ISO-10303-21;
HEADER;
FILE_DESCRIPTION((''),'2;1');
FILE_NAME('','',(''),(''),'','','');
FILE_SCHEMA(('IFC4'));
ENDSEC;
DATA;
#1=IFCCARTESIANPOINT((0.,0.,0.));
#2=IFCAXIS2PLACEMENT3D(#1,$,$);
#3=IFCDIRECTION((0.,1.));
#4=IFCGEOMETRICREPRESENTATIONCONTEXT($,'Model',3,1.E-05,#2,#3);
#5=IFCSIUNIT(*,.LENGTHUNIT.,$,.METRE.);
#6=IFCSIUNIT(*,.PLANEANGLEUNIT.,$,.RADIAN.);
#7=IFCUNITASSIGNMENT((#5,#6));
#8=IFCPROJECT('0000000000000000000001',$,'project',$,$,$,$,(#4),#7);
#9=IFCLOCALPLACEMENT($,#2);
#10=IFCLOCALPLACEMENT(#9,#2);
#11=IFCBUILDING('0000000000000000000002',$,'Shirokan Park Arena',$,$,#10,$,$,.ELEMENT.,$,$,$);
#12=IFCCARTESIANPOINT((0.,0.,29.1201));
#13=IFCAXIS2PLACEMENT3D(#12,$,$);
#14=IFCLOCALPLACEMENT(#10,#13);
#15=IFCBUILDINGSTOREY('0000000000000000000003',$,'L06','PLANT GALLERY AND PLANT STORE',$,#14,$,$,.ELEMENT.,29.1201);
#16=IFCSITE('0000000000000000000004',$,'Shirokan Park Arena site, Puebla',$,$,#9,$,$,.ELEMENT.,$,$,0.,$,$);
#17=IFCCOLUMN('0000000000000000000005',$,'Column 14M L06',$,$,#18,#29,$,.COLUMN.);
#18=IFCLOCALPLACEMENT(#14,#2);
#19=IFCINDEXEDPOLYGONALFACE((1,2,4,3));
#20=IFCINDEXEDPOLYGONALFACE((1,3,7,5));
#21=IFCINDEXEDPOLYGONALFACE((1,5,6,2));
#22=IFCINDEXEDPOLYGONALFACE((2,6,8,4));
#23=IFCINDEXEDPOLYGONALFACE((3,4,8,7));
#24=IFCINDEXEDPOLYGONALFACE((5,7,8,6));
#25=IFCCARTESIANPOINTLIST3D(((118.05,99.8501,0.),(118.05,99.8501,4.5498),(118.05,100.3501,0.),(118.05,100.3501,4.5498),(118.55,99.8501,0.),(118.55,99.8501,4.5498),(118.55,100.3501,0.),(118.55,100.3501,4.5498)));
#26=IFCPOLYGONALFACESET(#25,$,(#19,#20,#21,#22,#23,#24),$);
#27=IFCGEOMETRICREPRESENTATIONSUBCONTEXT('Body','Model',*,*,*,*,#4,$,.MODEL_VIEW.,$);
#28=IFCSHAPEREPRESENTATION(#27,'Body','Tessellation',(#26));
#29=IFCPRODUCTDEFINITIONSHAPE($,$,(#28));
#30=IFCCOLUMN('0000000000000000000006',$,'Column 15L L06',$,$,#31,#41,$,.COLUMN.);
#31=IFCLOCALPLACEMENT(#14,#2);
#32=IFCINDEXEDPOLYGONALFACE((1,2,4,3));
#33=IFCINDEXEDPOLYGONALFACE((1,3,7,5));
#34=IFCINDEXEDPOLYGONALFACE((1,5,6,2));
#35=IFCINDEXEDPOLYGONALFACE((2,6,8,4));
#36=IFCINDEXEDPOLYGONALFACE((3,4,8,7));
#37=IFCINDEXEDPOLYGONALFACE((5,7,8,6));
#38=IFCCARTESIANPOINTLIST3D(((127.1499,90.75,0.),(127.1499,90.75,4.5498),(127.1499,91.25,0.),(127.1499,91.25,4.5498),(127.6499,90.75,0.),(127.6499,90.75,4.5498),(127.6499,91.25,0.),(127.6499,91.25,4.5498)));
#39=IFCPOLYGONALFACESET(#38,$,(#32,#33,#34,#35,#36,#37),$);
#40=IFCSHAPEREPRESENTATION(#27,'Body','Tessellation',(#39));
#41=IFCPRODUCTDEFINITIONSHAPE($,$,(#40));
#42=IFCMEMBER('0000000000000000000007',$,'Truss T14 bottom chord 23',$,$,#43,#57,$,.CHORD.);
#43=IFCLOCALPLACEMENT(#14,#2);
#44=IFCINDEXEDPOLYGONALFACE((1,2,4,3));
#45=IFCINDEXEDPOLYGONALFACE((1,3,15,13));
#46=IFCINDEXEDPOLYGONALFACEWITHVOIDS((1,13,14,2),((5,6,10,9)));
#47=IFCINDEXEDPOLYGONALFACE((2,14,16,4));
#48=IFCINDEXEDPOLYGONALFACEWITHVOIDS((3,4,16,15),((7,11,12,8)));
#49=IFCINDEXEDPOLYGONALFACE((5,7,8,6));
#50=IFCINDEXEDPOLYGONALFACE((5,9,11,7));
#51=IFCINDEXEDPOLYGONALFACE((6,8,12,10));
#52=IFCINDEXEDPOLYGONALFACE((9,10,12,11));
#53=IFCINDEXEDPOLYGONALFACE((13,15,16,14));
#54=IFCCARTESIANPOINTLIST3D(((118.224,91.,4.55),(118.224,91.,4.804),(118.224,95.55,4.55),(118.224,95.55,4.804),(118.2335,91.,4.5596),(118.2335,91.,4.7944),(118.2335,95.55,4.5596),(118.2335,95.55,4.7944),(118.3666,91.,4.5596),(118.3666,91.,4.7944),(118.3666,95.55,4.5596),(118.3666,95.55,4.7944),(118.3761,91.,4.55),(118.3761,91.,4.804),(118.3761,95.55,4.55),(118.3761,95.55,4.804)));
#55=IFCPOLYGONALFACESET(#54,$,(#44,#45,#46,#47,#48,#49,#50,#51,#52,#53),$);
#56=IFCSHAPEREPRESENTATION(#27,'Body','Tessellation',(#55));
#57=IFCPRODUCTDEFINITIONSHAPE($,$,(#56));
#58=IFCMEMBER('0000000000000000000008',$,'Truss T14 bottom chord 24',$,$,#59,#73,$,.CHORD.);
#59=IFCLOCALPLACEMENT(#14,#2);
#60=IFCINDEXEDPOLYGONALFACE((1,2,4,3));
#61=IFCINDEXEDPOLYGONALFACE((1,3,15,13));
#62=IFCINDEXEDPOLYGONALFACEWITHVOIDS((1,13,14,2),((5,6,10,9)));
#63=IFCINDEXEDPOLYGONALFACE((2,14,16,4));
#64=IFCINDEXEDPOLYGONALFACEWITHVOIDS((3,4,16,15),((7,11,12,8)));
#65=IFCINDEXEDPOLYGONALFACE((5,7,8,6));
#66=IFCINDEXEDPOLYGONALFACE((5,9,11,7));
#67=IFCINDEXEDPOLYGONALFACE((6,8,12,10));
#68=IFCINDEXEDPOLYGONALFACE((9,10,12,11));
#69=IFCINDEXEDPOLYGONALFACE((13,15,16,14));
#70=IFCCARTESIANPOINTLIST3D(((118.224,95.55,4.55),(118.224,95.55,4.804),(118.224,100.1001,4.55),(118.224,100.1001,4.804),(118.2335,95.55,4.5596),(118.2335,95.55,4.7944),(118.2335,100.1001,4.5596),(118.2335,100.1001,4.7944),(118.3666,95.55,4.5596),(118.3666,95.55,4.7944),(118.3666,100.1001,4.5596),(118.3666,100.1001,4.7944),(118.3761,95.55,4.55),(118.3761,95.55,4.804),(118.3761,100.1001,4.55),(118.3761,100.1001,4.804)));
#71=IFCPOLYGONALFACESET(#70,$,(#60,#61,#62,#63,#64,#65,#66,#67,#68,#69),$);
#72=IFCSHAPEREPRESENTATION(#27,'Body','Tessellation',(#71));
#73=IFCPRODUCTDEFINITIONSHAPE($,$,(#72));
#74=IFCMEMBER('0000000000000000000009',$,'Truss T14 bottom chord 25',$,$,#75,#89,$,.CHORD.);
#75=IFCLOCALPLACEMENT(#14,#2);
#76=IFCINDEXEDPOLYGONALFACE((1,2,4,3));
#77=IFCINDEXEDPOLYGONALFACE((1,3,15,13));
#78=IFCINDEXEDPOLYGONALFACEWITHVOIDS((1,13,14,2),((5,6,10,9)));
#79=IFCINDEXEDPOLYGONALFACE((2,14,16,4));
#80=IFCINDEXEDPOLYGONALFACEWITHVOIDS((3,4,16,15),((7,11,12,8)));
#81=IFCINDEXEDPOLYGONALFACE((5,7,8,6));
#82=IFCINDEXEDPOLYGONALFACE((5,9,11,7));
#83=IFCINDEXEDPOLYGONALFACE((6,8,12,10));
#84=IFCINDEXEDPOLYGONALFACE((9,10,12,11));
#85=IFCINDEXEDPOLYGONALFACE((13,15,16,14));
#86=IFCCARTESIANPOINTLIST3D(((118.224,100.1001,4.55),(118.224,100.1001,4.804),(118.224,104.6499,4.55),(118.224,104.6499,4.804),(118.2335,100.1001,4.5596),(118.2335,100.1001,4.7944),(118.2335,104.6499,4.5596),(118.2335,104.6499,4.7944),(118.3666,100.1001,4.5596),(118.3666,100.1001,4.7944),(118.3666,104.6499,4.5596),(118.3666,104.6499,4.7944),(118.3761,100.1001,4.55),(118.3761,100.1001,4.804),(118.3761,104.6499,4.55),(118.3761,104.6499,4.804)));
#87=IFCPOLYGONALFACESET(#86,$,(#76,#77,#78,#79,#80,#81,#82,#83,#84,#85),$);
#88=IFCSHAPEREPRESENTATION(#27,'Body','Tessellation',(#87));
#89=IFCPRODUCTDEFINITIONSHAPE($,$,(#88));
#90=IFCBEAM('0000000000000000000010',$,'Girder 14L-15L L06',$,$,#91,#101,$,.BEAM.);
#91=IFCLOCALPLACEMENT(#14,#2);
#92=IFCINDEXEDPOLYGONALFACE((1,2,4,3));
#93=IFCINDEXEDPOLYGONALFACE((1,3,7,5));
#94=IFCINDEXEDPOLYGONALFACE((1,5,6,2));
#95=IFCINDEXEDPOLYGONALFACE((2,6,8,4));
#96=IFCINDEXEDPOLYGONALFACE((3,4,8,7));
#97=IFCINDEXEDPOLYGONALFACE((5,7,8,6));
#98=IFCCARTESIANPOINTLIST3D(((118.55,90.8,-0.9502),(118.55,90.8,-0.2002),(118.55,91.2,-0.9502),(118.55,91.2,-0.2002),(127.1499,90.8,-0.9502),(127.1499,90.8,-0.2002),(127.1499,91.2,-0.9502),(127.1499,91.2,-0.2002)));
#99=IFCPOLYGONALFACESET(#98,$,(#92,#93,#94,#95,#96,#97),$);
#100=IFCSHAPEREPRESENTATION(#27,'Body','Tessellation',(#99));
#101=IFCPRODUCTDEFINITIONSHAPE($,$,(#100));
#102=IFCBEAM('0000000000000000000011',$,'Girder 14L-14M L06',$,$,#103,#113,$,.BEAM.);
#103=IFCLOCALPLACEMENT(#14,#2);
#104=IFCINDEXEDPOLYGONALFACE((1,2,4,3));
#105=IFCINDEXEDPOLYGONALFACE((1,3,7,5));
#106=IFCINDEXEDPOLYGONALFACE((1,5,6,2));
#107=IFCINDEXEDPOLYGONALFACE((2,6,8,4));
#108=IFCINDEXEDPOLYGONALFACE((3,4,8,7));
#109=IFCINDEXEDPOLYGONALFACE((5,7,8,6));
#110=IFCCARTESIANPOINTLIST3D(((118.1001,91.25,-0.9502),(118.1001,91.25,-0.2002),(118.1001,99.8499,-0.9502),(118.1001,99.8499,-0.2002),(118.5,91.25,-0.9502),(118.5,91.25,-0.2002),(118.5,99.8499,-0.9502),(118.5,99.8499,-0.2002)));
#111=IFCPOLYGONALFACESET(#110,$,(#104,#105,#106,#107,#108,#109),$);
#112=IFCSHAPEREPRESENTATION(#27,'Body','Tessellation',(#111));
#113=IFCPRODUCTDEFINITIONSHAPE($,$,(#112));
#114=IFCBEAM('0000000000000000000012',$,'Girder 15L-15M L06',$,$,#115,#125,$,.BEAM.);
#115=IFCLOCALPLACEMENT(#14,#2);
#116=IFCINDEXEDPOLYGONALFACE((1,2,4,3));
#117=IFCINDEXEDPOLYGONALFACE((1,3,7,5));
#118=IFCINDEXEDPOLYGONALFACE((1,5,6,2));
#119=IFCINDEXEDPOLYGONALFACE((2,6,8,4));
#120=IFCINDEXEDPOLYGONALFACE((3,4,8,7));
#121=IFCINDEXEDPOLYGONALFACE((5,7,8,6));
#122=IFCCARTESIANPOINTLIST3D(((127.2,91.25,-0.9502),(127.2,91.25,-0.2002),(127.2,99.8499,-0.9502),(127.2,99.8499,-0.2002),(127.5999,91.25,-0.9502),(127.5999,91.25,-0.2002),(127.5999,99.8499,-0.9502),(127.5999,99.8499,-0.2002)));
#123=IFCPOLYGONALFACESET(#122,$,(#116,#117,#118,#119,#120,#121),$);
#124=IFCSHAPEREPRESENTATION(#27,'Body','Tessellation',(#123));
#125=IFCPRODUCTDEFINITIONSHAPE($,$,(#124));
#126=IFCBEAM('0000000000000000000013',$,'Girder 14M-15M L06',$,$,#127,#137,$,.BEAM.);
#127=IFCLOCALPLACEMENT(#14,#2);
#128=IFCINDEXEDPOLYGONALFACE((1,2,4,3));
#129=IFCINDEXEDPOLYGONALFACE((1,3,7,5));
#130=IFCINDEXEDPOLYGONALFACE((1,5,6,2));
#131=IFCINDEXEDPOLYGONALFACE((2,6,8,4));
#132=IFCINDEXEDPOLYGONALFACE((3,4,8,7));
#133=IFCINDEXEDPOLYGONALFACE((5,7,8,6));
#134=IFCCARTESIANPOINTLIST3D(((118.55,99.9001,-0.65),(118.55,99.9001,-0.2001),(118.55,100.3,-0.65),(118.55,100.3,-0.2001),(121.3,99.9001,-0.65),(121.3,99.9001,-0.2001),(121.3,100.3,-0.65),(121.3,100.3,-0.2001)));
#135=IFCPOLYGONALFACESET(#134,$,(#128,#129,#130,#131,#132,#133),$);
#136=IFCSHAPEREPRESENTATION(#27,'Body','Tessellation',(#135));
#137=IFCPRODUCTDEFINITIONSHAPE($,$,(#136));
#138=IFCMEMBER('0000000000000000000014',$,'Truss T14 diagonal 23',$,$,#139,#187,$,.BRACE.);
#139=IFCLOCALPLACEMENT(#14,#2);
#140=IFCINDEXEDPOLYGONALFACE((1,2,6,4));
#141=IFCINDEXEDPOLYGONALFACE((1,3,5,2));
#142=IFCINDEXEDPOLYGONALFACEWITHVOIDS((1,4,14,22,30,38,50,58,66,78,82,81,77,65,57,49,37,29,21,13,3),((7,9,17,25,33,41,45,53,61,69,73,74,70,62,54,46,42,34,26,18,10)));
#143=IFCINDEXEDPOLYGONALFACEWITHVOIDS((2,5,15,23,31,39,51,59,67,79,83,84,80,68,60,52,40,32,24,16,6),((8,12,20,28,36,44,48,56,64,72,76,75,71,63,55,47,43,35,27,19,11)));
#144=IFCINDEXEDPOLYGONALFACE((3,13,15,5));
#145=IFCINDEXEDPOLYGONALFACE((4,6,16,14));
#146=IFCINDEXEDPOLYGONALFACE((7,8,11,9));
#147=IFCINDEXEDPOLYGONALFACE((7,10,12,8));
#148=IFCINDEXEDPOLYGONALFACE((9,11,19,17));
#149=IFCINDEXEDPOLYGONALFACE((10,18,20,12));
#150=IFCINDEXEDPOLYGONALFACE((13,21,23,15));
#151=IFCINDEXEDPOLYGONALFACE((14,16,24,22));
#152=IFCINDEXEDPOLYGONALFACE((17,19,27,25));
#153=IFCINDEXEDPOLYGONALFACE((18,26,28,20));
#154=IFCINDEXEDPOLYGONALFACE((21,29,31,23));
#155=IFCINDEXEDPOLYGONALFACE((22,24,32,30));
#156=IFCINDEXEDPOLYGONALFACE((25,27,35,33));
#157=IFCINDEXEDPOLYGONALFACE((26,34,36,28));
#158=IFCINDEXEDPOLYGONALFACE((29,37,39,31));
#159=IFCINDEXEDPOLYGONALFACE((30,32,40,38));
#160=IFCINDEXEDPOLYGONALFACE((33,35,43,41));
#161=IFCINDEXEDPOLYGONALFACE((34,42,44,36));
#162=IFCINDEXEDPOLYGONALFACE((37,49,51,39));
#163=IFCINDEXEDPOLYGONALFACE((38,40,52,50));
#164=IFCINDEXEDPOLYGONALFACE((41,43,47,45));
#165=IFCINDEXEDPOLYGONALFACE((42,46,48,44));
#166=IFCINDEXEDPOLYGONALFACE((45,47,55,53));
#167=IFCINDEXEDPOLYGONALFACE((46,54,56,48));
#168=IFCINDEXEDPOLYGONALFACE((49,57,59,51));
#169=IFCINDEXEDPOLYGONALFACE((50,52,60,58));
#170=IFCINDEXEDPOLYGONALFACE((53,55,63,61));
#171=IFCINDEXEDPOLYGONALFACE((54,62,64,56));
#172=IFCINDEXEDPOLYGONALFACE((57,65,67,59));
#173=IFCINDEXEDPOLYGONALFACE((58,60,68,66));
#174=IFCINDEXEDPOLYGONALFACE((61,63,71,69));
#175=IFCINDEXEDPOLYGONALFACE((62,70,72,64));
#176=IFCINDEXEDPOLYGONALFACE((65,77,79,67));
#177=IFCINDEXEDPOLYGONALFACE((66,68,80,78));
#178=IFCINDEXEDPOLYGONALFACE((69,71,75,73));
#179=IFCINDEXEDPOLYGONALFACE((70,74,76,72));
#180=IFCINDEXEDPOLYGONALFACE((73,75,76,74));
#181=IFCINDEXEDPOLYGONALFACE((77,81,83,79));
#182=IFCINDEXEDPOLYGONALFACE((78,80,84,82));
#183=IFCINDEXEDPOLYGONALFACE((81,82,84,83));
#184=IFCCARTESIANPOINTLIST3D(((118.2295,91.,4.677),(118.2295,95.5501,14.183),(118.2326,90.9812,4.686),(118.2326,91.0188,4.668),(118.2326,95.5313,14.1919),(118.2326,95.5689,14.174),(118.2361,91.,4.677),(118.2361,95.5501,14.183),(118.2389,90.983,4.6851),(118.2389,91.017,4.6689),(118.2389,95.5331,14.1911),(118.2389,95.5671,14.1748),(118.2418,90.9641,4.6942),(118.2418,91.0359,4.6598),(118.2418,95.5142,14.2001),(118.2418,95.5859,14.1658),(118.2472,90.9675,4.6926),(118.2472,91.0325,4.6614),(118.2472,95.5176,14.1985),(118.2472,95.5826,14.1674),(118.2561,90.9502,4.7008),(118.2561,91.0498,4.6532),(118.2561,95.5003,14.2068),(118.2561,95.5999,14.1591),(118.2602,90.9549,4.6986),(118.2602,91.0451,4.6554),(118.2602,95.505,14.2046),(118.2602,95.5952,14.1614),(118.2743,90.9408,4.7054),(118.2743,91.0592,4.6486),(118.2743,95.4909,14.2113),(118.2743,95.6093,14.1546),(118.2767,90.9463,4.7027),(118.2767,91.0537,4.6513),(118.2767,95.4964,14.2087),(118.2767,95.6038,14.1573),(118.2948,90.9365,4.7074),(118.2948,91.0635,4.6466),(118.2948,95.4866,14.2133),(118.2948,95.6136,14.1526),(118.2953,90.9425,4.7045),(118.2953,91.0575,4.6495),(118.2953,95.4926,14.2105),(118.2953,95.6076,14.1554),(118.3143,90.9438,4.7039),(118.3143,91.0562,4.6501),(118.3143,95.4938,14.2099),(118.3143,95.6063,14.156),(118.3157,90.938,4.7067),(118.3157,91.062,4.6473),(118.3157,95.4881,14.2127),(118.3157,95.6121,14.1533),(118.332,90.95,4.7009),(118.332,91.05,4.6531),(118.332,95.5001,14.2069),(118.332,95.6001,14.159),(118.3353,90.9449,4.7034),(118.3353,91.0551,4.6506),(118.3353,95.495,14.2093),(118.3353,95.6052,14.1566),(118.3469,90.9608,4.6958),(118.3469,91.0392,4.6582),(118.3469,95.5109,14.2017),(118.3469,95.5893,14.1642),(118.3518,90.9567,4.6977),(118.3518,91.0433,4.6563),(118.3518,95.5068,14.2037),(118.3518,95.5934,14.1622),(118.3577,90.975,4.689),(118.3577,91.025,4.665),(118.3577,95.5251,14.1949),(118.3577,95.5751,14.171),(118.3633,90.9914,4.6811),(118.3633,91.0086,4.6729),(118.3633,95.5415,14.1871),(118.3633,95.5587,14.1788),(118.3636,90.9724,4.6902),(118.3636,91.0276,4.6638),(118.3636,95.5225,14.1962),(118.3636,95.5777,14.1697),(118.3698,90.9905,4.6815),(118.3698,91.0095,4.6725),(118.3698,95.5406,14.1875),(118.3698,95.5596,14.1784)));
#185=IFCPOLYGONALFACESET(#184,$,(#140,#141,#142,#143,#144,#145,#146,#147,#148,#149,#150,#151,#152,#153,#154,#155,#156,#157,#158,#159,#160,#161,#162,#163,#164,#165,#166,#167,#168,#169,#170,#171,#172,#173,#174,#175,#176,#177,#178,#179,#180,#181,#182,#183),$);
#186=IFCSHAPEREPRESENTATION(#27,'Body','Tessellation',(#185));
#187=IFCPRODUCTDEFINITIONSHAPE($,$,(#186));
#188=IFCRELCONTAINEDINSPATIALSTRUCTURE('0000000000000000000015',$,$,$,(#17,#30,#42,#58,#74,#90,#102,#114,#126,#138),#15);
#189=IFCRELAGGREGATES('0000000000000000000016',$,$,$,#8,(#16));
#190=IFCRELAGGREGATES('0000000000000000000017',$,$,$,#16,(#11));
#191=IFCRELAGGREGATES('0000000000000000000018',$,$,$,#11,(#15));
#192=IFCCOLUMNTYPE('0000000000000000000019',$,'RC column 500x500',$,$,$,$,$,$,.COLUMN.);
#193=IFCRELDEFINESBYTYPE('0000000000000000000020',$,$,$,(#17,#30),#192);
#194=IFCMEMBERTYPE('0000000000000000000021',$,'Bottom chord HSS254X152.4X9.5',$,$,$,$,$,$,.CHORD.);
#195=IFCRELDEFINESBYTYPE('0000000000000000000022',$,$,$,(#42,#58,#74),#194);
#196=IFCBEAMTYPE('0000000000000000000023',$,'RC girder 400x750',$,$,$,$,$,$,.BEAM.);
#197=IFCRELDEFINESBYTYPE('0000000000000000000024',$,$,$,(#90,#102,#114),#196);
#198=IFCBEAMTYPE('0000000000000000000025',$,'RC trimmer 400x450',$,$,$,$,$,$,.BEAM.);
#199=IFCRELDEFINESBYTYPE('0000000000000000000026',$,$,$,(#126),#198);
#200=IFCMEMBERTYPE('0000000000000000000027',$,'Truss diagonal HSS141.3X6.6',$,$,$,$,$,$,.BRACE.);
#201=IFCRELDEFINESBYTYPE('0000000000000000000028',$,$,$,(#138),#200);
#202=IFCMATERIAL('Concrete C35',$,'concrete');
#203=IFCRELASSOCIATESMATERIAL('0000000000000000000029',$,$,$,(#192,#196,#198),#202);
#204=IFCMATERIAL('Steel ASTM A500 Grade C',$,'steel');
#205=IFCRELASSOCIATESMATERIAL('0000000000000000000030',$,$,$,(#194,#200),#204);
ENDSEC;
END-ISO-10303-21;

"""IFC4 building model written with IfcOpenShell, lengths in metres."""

from ifc_helpers import new_model, si_unit, direction, frame, origin, origin_2d, place, context, subcontext, project, spatial, rectangle, hollow_rectangle, hollow_circle, extrude, material, material_profile, profile_set, type_object, element, save


model = new_model("IFC4")

# Units and contexts
model_context = context("Model", 3, precision=1e-05, world=origin(), true_north=direction((0.0, 1.0)))
body_context = subcontext(model_context, "Body", "Model", "MODEL_VIEW")
ifc_project = project(units=[si_unit("LENGTHUNIT", "METRE"), si_unit("PLANEANGLEUNIT", "RADIAN")], contexts=[model_context])

# Site, building, storey
site_placement = place(None, origin())
site = spatial("IfcSite", under=ifc_project, at=site_placement, Name="Shirokan Park Arena site, Puebla", CompositionType="ELEMENT", RefElevation=0.0)
building_placement = place(site_placement, origin())
building = spatial("IfcBuilding", under=site, at=building_placement, Name="Shirokan Park Arena", CompositionType="ELEMENT")
storey_placement = place(building_placement, frame((0.0, 0.0, 29.1201)))
storey = spatial("IfcBuildingStorey", under=building, at=storey_placement, Name="L06", Description="PLANT GALLERY AND PLANT STORE", CompositionType="ELEMENT", Elevation=29.1201)

# Columns
ifc_material_1 = material(Name="Concrete C35", Category="concrete")
ifc_material_profile_1 = material_profile(ifc_material_1, rectangle(XDim=0.5, YDim=0.5, at=origin_2d()), Name="500x500")
ifc_profile_set_1 = profile_set([ifc_material_profile_1], Name="Concrete C35")
column_type = type_object("IfcColumnType", Name="RC column 500x500", PredefinedType="COLUMN", material=ifc_profile_set_1)
for number, where, z_axis, x_axis, name in (
    (1, (118.3, 100.1001, 0.0), (0.0, 0.0, 1.0), (1.0, 0.0, 0.0), "Column 14M L06"),
    (2, (127.3999, 91.0, 0.0), (0.0, 0.0, 1.0), (1.0, 0.0, 0.0), "Column 15L L06"),
):
    element("IfcColumn", number, at=place(storey_placement, frame(where, z_axis=z_axis, x_axis=x_axis)), inside=storey, type_object=column_type, Name=name, PredefinedType="COLUMN", context=body_context, shape_type="SweptSolid", body=[
        extrude(rectangle(XDim=0.5, YDim=0.5, at=origin_2d()), origin(), (0.0, 0.0, 1.0), 4.5498),
    ])

# Members
ifc_material_2 = material(Name="Steel ASTM A500 Grade C", Category="steel")
ifc_material_profile_2 = material_profile(ifc_material_2, hollow_rectangle(XDim=0.1521, YDim=0.2539, WallThickness=0.0095, at=origin_2d()), Name="HSS254X152.4X9.5")
ifc_profile_set_2 = profile_set([ifc_material_profile_2], Name="Steel ASTM A500 Grade C")
member_type_1 = type_object("IfcMemberType", Name="Bottom chord HSS254X152.4X9.5", PredefinedType="CHORD", material=ifc_profile_set_2)
for number, where, z_axis, x_axis, name in (
    (3, (118.3, 91.0, 4.677), (0.0, 1.0, 0.0), (-1.0, 0.0, 0.0), "Truss T14 bottom chord 23"),
    (4, (118.3, 95.55, 4.677), (0.0, 1.0, 0.0), (-1.0, 0.0, 0.0), "Truss T14 bottom chord 24"),
):
    element("IfcMember", number, at=place(storey_placement, frame(where, z_axis=z_axis, x_axis=x_axis)), inside=storey, type_object=member_type_1, Name=name, PredefinedType="CHORD", context=body_context, shape_type="SweptSolid", body=[
        extrude(hollow_rectangle(XDim=0.1521, YDim=0.2539, WallThickness=0.0095, at=origin_2d()), origin(), (0.0, 0.0, 1.0), 4.55),
    ])
member_1_placement = place(storey_placement, frame((118.3, 100.1001, 4.677), z_axis=(0.0, 1.0, 0.0), x_axis=(-1.0, 0.0, 0.0)))
element("IfcMember", 5, at=member_1_placement, inside=storey, type_object=member_type_1, Name="Truss T14 bottom chord 25", PredefinedType="CHORD", context=body_context, shape_type="SweptSolid", body=[
    extrude(hollow_rectangle(XDim=0.1521, YDim=0.2539, WallThickness=0.0095, at=origin_2d()), origin(), (0.0, 0.0, 1.0), 4.5498),
])

# Beams
ifc_material_profile_3 = material_profile(ifc_material_1, rectangle(XDim=0.3999, YDim=0.75, at=origin_2d()), Name="400x750")
ifc_profile_set_3 = profile_set([ifc_material_profile_3], Name="Concrete C35")
beam_type_1 = type_object("IfcBeamType", Name="RC girder 400x750", PredefinedType="BEAM", material=ifc_profile_set_3)
for number, where, z_axis, x_axis, name in (
    (6, (118.55, 91.0, -0.5752), (1.0, 0.0, 0.0), (0.0, 1.0, 0.0), "Girder 14L-15L L06"),
    (7, (118.3, 91.25, -0.5752), (0.0, 1.0, 0.0), (-1.0, 0.0, 0.0), "Girder 14L-14M L06"),
    (8, (127.3999, 91.25, -0.5752), (0.0, 1.0, 0.0), (-1.0, 0.0, 0.0), "Girder 15L-15M L06"),
):
    element("IfcBeam", number, at=place(storey_placement, frame(where, z_axis=z_axis, x_axis=x_axis)), inside=storey, type_object=beam_type_1, Name=name, PredefinedType="BEAM", context=body_context, shape_type="SweptSolid", body=[
        extrude(rectangle(XDim=0.3999, YDim=0.75, at=origin_2d()), origin(), (0.0, 0.0, 1.0), 8.5999),
    ])
ifc_material_profile_4 = material_profile(ifc_material_1, rectangle(XDim=0.3999, YDim=0.45, at=origin_2d()), Name="400x450")
ifc_profile_set_4 = profile_set([ifc_material_profile_4], Name="Concrete C35")
beam_type_2 = type_object("IfcBeamType", Name="RC trimmer 400x450", PredefinedType="BEAM", material=ifc_profile_set_4)
beam_placement = place(storey_placement, frame((118.55, 100.1001, -0.425), z_axis=(1.0, 0.0, 0.0), x_axis=(0.0, 1.0, 0.0)))
element("IfcBeam", 9, at=beam_placement, inside=storey, type_object=beam_type_2, Name="Girder 14M-15M L06", PredefinedType="BEAM", context=body_context, shape_type="SweptSolid", body=[
    extrude(rectangle(XDim=0.3999, YDim=0.45, at=origin_2d()), origin(), (0.0, 0.0, 1.0), 2.75),
])

# Member
ifc_material_profile_5 = material_profile(ifc_material_2, hollow_circle(Radius=0.0706, WallThickness=0.0066, at=origin_2d()), Name="HSS141.3X6.6")
ifc_profile_set_5 = profile_set([ifc_material_profile_5], Name="Steel ASTM A500 Grade C")
member_type_2 = type_object("IfcMemberType", Name="Truss diagonal HSS141.3X6.6", PredefinedType="BRACE", material=ifc_profile_set_5)
member_2_placement = place(storey_placement, frame((118.3, 91.0, 4.677), z_axis=(0.0, 0.431746, 0.901995), x_axis=(-1.0, 0.0, 0.0)))
element("IfcMember", 10, at=member_2_placement, inside=storey, type_object=member_type_2, Name="Truss T14 diagonal 23", PredefinedType="BRACE", context=body_context, shape_type="SweptSolid", body=[
    extrude(hollow_circle(Radius=0.0706, WallThickness=0.0066, at=origin_2d()), origin(), (0.0, 0.0, 1.0), 10.5388),
])

save(model, "model.ifc")
